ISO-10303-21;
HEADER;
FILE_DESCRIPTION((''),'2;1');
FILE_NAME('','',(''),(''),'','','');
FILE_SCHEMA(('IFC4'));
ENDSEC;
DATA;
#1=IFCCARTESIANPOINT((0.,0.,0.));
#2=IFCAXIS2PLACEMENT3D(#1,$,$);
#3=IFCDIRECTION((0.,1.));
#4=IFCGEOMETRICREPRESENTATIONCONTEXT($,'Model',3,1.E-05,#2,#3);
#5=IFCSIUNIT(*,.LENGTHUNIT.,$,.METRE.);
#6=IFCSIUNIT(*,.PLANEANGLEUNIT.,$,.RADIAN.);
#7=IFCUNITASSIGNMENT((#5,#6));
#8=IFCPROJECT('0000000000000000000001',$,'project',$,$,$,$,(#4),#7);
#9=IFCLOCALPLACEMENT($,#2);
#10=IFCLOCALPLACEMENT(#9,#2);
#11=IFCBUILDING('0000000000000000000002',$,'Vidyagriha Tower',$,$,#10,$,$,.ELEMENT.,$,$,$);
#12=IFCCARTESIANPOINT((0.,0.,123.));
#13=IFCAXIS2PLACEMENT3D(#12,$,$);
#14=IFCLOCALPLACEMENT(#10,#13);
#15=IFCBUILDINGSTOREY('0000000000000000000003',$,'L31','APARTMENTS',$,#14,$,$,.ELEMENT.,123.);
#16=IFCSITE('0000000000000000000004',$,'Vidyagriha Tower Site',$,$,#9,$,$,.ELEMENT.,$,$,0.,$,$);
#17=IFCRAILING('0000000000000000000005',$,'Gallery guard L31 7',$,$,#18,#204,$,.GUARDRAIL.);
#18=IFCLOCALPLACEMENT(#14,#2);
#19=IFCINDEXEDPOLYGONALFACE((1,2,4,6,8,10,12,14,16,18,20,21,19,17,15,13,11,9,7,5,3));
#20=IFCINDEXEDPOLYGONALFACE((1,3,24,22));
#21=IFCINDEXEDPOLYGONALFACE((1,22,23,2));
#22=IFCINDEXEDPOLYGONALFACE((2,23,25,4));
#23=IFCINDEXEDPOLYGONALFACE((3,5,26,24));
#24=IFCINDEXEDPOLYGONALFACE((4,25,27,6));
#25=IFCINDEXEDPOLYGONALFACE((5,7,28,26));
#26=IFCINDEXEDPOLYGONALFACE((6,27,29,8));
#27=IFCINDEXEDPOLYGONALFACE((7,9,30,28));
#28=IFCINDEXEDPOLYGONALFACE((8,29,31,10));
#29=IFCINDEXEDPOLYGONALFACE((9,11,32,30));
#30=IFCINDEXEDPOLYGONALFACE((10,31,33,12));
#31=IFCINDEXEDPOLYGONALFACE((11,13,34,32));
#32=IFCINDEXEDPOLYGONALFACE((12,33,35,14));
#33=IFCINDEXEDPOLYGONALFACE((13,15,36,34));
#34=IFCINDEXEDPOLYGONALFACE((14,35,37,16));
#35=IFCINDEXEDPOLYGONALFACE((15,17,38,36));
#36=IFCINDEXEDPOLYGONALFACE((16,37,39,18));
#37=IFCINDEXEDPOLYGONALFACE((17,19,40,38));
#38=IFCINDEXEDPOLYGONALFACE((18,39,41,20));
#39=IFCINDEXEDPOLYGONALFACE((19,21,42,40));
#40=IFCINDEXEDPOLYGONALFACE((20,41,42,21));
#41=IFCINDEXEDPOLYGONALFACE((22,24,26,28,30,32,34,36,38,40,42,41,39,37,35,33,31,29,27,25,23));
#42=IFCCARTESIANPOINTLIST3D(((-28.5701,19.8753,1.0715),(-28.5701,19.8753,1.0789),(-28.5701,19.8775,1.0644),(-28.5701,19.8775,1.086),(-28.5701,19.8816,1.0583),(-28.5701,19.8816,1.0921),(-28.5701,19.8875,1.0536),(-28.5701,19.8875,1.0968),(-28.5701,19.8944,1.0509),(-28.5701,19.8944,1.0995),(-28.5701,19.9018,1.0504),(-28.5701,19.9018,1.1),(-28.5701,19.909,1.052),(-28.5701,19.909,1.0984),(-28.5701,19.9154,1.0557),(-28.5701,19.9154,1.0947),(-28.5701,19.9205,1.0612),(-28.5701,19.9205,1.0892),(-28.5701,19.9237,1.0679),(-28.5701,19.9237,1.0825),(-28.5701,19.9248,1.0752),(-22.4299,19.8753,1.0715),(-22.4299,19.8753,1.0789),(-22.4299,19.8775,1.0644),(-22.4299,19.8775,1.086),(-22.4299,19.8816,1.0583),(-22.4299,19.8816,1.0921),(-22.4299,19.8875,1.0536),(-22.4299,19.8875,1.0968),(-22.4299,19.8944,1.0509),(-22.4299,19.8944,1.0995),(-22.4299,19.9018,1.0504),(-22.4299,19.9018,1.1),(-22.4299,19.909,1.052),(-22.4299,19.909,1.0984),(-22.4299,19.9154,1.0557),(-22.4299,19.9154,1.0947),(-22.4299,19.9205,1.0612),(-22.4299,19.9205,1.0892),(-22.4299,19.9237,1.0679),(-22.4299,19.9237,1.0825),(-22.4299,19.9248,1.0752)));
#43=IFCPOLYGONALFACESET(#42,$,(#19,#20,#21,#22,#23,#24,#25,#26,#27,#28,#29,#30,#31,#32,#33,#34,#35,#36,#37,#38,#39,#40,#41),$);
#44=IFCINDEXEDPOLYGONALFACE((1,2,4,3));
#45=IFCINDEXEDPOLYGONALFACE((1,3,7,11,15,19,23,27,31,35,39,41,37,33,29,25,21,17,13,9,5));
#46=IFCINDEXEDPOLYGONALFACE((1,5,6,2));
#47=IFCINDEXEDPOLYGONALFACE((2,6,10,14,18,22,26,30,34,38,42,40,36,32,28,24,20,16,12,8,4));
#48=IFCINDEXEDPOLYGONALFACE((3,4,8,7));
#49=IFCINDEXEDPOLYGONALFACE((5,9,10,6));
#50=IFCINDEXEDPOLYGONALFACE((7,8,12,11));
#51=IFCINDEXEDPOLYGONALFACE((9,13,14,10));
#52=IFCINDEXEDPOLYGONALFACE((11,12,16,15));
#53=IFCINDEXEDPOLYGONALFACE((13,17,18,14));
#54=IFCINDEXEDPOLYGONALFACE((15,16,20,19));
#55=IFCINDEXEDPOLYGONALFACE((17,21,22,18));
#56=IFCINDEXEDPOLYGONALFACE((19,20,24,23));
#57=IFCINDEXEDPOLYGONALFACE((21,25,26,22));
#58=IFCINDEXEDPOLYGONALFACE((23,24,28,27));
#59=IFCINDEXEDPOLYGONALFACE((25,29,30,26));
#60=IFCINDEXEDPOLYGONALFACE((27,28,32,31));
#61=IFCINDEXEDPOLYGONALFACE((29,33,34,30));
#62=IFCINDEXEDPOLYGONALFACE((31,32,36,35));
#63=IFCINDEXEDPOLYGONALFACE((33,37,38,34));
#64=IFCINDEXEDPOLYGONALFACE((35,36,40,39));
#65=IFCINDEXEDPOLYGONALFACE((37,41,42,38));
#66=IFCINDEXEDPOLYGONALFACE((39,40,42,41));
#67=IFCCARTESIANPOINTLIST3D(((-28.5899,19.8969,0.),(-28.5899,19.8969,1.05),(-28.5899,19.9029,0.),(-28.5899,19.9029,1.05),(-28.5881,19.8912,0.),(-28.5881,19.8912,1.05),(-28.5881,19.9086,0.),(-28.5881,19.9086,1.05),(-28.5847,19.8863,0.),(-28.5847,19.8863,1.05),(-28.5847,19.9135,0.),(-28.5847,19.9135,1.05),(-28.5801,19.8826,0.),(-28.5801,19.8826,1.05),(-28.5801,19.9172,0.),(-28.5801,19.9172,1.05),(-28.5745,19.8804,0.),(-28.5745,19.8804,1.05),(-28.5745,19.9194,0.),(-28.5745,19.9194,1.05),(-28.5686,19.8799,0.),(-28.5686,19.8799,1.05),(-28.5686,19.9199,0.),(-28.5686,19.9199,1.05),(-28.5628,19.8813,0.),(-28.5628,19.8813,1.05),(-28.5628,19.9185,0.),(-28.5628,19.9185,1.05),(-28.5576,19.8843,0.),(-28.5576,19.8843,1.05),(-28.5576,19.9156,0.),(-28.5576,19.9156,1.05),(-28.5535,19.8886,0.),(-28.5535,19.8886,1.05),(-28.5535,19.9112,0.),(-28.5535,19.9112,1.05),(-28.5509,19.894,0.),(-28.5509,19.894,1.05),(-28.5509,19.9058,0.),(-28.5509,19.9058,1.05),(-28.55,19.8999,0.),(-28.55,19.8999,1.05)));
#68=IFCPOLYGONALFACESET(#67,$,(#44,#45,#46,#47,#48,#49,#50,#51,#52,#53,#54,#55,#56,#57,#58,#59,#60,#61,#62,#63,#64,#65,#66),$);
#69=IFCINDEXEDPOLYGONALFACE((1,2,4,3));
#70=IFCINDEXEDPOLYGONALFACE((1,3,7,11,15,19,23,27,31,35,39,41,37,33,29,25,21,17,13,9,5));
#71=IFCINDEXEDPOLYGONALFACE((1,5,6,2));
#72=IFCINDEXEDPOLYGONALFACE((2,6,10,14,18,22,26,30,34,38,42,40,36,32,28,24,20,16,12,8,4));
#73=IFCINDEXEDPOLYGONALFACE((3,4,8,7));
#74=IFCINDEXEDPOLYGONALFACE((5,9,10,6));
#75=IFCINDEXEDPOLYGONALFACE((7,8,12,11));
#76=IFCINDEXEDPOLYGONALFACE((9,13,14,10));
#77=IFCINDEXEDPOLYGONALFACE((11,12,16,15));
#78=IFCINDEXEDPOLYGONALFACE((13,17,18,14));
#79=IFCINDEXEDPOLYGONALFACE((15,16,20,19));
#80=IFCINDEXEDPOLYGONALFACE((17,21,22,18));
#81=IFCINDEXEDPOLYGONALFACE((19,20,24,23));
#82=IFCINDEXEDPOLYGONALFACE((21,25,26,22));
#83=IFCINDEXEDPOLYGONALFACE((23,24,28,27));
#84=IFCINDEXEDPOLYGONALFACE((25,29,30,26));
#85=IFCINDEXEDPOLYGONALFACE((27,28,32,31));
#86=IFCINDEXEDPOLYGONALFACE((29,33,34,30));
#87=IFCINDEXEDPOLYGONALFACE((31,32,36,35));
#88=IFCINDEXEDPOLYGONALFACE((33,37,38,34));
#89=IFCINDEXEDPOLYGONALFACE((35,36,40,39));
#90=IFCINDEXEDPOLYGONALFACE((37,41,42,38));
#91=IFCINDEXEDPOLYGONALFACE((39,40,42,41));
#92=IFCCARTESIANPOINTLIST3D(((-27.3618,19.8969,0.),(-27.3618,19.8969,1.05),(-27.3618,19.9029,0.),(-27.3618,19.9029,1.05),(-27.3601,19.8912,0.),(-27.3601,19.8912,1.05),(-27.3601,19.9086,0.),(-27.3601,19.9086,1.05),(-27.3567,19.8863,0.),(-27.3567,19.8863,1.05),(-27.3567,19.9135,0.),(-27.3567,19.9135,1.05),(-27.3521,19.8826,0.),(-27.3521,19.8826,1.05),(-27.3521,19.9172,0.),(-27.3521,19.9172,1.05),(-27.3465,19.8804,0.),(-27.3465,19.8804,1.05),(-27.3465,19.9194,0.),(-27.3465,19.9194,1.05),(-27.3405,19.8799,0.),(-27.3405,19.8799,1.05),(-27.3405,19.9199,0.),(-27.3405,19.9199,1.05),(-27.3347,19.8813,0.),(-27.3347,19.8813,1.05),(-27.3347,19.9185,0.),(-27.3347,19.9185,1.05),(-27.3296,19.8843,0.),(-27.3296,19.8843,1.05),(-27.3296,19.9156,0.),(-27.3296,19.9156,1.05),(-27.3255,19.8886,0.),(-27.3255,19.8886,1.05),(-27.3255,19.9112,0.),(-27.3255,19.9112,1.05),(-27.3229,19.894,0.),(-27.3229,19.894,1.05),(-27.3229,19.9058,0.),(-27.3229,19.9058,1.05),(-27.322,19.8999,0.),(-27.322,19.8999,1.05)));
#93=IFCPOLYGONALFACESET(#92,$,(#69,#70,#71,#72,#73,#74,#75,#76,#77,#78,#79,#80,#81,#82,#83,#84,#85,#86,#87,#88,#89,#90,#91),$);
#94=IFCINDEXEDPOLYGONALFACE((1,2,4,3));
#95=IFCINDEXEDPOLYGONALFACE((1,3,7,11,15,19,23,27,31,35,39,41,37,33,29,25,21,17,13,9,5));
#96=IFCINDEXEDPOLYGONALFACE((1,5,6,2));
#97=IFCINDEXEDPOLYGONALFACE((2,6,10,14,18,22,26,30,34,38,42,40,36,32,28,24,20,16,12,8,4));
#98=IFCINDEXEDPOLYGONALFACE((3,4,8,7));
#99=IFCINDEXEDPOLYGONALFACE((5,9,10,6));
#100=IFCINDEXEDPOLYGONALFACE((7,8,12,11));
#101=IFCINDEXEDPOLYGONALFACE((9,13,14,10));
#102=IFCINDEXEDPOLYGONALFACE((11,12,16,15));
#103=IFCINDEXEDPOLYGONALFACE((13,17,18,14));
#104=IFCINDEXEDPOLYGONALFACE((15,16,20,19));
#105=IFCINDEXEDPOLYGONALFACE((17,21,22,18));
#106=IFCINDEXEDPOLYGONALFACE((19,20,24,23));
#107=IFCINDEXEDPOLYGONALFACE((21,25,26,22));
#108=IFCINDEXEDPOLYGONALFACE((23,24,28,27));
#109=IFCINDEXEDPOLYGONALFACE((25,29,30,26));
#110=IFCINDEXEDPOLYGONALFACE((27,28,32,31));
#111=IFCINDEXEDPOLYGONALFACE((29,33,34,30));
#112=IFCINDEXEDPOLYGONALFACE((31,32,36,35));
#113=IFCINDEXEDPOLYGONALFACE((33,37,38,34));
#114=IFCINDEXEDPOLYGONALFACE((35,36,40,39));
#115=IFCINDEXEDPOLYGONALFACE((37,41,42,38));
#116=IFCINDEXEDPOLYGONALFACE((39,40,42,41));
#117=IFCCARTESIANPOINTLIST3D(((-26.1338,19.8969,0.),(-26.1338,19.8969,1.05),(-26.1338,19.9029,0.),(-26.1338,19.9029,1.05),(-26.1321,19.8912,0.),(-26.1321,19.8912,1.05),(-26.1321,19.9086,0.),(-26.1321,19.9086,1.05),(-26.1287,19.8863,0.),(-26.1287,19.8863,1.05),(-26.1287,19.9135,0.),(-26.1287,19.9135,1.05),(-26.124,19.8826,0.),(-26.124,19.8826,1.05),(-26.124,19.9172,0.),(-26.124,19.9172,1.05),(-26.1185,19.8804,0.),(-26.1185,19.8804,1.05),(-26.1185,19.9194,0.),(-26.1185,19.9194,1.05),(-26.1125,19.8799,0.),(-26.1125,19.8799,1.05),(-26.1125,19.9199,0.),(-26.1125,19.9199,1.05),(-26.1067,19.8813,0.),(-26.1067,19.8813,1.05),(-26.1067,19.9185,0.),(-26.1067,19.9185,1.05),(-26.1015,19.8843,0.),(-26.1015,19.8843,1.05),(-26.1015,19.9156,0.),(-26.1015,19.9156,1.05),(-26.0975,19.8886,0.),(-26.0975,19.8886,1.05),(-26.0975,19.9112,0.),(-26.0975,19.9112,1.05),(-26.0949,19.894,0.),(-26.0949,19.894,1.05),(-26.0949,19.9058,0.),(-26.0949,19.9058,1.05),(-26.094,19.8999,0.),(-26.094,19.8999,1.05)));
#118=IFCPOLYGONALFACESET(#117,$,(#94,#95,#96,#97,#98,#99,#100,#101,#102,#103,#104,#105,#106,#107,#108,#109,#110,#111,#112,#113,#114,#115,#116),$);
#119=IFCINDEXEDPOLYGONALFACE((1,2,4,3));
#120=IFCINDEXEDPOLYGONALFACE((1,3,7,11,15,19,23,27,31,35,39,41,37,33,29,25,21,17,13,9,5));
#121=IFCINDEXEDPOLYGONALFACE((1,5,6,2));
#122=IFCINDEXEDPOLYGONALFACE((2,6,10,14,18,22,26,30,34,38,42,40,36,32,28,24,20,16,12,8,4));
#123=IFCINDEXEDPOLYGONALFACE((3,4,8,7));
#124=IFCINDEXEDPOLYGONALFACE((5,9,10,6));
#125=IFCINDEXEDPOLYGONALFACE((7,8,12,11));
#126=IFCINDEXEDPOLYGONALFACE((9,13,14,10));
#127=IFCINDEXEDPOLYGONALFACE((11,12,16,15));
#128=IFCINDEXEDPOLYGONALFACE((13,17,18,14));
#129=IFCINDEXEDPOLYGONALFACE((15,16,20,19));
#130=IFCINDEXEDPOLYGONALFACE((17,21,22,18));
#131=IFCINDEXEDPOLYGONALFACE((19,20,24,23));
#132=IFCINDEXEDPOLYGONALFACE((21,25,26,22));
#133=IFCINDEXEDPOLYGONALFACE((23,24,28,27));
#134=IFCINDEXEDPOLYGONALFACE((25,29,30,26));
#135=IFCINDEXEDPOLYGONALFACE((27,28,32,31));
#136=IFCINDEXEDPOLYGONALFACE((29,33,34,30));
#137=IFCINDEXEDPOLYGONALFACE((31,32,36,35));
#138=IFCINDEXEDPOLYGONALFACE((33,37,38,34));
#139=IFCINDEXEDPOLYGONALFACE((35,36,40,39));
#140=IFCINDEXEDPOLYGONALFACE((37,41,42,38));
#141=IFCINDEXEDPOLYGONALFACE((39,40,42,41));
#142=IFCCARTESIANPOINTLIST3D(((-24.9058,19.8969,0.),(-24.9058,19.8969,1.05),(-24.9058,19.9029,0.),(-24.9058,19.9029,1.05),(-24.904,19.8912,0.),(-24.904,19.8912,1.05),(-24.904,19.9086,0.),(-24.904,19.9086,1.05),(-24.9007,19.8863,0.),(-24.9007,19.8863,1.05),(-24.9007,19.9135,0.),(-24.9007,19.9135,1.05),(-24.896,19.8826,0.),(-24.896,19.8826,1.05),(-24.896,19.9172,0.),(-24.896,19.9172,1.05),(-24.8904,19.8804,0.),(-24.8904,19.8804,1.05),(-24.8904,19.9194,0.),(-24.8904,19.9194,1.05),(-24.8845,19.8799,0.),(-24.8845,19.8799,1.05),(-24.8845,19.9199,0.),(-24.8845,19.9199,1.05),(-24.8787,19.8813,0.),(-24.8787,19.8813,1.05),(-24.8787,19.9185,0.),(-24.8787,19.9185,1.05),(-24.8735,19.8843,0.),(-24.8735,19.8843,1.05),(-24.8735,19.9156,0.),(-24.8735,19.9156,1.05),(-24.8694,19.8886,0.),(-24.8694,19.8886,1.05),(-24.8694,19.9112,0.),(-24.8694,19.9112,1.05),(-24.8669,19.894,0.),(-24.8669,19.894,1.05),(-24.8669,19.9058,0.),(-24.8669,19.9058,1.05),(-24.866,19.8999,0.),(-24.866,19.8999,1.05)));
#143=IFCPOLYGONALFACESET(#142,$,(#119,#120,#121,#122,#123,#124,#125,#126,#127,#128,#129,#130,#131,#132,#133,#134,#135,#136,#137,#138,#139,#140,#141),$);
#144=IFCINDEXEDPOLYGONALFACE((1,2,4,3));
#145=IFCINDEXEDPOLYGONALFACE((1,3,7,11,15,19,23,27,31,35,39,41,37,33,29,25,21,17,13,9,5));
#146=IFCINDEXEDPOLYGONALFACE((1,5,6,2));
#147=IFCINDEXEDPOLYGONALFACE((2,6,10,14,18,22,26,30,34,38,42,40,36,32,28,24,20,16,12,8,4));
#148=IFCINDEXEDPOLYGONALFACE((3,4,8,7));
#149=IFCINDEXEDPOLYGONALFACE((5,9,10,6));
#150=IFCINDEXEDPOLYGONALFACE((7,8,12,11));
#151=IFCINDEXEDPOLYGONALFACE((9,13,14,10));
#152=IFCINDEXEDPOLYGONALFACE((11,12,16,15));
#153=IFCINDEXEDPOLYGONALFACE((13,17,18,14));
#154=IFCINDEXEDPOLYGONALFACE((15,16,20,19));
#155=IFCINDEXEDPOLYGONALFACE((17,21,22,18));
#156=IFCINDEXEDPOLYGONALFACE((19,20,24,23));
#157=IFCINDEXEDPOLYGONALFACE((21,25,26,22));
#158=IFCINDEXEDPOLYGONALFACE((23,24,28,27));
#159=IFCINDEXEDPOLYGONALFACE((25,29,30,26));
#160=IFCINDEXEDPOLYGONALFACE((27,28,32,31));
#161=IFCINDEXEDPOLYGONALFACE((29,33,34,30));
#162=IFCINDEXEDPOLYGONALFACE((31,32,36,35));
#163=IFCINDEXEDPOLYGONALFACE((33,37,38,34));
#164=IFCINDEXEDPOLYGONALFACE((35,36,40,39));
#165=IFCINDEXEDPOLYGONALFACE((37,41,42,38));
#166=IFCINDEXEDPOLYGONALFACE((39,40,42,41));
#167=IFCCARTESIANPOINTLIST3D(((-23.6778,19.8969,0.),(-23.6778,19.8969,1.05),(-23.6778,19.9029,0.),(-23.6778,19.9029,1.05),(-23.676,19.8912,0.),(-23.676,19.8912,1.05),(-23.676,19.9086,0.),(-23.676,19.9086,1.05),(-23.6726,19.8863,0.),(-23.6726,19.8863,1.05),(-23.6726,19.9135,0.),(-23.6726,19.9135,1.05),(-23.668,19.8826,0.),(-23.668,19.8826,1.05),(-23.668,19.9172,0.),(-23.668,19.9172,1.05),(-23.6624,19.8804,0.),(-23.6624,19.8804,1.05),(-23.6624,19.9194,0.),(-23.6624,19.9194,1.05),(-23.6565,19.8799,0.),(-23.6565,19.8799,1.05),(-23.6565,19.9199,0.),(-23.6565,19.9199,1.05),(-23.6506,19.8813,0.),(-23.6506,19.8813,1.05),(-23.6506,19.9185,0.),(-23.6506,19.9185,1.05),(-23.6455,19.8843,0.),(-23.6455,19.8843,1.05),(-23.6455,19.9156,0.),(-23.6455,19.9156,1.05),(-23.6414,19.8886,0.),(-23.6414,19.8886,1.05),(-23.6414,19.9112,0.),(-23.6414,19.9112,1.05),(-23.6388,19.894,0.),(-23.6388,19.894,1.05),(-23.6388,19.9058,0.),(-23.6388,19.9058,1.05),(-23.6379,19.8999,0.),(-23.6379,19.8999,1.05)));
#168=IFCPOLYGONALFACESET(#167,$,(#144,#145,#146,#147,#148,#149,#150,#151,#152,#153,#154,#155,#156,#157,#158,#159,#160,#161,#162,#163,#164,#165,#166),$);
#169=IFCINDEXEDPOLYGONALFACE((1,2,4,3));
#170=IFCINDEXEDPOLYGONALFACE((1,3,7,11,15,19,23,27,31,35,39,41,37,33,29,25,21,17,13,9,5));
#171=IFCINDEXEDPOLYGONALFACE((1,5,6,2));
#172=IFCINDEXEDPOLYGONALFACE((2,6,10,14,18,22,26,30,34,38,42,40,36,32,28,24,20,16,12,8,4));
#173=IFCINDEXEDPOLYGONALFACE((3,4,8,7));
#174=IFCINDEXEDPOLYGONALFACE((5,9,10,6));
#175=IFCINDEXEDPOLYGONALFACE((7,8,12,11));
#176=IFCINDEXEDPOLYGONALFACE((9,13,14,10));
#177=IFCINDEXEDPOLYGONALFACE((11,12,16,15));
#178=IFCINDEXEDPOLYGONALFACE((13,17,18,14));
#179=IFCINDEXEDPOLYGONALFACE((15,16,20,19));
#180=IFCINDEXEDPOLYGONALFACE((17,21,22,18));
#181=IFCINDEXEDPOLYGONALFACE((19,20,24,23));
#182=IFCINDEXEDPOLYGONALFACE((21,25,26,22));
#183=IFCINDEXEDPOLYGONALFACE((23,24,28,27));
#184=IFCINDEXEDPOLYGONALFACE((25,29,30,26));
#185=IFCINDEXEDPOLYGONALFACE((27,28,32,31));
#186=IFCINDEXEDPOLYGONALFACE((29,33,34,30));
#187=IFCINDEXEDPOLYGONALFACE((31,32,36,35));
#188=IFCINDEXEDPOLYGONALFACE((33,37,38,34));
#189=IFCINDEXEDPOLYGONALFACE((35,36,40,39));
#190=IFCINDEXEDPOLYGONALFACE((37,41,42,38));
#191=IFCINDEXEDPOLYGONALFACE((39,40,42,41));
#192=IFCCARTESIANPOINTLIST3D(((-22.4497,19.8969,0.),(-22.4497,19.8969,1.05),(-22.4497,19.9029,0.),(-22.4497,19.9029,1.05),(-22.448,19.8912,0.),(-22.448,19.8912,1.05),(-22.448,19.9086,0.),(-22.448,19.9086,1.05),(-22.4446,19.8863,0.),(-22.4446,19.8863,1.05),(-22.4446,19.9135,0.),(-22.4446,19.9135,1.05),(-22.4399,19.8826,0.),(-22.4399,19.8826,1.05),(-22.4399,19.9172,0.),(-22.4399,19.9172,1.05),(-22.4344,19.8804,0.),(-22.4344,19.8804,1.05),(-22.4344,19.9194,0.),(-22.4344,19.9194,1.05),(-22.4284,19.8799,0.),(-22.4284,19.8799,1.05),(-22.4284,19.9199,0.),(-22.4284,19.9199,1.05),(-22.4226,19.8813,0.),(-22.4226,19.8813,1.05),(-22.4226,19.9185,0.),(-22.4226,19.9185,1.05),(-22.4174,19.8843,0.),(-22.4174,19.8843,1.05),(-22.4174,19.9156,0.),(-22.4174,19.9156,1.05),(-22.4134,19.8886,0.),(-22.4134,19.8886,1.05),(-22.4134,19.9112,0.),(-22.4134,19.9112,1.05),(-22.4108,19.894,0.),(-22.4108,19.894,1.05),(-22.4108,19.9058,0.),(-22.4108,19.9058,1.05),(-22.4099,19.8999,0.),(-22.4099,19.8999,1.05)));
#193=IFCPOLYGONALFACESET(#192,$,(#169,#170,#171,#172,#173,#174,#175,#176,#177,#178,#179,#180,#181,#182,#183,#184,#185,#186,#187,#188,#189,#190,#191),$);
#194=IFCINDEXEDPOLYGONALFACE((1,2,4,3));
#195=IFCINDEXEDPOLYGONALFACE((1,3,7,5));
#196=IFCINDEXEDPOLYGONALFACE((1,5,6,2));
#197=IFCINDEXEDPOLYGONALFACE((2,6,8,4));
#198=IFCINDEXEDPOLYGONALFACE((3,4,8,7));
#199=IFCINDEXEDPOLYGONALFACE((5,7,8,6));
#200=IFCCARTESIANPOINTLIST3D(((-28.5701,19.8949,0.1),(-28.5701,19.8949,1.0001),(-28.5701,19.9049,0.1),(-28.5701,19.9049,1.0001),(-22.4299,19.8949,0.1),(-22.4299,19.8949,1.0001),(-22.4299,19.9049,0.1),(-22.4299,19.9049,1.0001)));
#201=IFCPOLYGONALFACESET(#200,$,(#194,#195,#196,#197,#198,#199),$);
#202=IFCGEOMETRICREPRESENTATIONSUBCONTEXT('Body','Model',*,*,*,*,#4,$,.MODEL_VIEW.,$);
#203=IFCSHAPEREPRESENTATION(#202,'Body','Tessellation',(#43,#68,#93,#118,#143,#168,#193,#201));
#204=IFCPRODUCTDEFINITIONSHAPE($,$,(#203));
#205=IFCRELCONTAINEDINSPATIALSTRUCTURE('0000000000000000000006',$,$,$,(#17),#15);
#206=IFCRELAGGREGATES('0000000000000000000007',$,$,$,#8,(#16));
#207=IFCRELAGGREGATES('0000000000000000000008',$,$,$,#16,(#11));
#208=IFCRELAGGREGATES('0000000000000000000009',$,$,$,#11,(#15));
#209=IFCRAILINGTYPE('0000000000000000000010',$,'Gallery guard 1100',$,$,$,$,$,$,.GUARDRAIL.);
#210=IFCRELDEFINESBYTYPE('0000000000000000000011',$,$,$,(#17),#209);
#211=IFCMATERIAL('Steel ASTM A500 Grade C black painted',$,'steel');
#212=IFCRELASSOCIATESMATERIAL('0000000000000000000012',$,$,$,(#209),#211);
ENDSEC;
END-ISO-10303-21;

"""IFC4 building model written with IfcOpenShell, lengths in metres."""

from ifc_helpers import new_model, si_unit, direction, frame, origin, origin_2d, place, context, subcontext, project, spatial, rectangle, circle, extrude, material, type_object, element, save


model = new_model("IFC4")

# Units and contexts
model_context = context("Model", 3, precision=1e-05, world=origin(), true_north=direction((0.0, 1.0)))
body_context = subcontext(model_context, "Body", "Model", "MODEL_VIEW")
ifc_project = project(units=[si_unit("LENGTHUNIT", "METRE"), si_unit("PLANEANGLEUNIT", "RADIAN")], contexts=[model_context])

# Site, building, storey
site_placement = place(None, origin())
site = spatial("IfcSite", under=ifc_project, at=site_placement, Name="Vidyagriha Tower Site", CompositionType="ELEMENT", RefElevation=0.0)
building_placement = place(site_placement, origin())
building = spatial("IfcBuilding", under=site, at=building_placement, Name="Vidyagriha Tower", CompositionType="ELEMENT")
storey_placement = place(building_placement, frame((0.0, 0.0, 123.0)))
storey = spatial("IfcBuildingStorey", under=building, at=storey_placement, Name="L31", Description="APARTMENTS", CompositionType="ELEMENT", Elevation=123.0)

# Railing
ifc_material_1 = material(Name="Steel ASTM A500 Grade C black painted", Category="steel")
railing_type = type_object("IfcRailingType", Name="Gallery guard 1100", PredefinedType="GUARDRAIL", material=ifc_material_1)
railing_1_placement = place(storey_placement, frame((-28.5701, 19.8999, 0.0)))
element("IfcRailing", 1, at=railing_1_placement, inside=storey, type_object=railing_type, Name="Gallery guard L31 7", PredefinedType="GUARDRAIL", context=body_context, shape_type="SweptSolid", body=[
    extrude(circle(Radius=0.0249, at=origin_2d()), frame((0.0, 0.0, 1.0752), z_axis=(1.0, 0.0, 0.0), x_axis=(0.0, 1.0, 0.0)), (0.0, 0.0, 1.0), 6.1401),
    extrude(circle(Radius=0.02, at=origin_2d()), origin(), (0.0, 0.0, 1.0), 1.05),
    extrude(circle(Radius=0.02, at=origin_2d()), frame((1.228, 0.0, 0.0)), (0.0, 0.0, 1.0), 1.05),
    extrude(circle(Radius=0.02, at=origin_2d()), frame((2.4561, 0.0, 0.0)), (0.0, 0.0, 1.0), 1.05),
    extrude(circle(Radius=0.02, at=origin_2d()), frame((3.6841, 0.0, 0.0)), (0.0, 0.0, 1.0), 1.05),
    extrude(circle(Radius=0.02, at=origin_2d()), frame((4.9121, 0.0, 0.0)), (0.0, 0.0, 1.0), 1.05),
    extrude(circle(Radius=0.02, at=origin_2d()), frame((6.1401, 0.0, 0.0)), (0.0, 0.0, 1.0), 1.05),
    extrude(rectangle(XDim=0.01, YDim=0.9001, at=origin_2d()), frame((0.0, 0.0, 0.55), z_axis=(1.0, 0.0, 0.0), x_axis=(0.0, 1.0, 0.0)), (0.0, 0.0, 1.0), 6.1401),
])

save(model, "model.ifc")
